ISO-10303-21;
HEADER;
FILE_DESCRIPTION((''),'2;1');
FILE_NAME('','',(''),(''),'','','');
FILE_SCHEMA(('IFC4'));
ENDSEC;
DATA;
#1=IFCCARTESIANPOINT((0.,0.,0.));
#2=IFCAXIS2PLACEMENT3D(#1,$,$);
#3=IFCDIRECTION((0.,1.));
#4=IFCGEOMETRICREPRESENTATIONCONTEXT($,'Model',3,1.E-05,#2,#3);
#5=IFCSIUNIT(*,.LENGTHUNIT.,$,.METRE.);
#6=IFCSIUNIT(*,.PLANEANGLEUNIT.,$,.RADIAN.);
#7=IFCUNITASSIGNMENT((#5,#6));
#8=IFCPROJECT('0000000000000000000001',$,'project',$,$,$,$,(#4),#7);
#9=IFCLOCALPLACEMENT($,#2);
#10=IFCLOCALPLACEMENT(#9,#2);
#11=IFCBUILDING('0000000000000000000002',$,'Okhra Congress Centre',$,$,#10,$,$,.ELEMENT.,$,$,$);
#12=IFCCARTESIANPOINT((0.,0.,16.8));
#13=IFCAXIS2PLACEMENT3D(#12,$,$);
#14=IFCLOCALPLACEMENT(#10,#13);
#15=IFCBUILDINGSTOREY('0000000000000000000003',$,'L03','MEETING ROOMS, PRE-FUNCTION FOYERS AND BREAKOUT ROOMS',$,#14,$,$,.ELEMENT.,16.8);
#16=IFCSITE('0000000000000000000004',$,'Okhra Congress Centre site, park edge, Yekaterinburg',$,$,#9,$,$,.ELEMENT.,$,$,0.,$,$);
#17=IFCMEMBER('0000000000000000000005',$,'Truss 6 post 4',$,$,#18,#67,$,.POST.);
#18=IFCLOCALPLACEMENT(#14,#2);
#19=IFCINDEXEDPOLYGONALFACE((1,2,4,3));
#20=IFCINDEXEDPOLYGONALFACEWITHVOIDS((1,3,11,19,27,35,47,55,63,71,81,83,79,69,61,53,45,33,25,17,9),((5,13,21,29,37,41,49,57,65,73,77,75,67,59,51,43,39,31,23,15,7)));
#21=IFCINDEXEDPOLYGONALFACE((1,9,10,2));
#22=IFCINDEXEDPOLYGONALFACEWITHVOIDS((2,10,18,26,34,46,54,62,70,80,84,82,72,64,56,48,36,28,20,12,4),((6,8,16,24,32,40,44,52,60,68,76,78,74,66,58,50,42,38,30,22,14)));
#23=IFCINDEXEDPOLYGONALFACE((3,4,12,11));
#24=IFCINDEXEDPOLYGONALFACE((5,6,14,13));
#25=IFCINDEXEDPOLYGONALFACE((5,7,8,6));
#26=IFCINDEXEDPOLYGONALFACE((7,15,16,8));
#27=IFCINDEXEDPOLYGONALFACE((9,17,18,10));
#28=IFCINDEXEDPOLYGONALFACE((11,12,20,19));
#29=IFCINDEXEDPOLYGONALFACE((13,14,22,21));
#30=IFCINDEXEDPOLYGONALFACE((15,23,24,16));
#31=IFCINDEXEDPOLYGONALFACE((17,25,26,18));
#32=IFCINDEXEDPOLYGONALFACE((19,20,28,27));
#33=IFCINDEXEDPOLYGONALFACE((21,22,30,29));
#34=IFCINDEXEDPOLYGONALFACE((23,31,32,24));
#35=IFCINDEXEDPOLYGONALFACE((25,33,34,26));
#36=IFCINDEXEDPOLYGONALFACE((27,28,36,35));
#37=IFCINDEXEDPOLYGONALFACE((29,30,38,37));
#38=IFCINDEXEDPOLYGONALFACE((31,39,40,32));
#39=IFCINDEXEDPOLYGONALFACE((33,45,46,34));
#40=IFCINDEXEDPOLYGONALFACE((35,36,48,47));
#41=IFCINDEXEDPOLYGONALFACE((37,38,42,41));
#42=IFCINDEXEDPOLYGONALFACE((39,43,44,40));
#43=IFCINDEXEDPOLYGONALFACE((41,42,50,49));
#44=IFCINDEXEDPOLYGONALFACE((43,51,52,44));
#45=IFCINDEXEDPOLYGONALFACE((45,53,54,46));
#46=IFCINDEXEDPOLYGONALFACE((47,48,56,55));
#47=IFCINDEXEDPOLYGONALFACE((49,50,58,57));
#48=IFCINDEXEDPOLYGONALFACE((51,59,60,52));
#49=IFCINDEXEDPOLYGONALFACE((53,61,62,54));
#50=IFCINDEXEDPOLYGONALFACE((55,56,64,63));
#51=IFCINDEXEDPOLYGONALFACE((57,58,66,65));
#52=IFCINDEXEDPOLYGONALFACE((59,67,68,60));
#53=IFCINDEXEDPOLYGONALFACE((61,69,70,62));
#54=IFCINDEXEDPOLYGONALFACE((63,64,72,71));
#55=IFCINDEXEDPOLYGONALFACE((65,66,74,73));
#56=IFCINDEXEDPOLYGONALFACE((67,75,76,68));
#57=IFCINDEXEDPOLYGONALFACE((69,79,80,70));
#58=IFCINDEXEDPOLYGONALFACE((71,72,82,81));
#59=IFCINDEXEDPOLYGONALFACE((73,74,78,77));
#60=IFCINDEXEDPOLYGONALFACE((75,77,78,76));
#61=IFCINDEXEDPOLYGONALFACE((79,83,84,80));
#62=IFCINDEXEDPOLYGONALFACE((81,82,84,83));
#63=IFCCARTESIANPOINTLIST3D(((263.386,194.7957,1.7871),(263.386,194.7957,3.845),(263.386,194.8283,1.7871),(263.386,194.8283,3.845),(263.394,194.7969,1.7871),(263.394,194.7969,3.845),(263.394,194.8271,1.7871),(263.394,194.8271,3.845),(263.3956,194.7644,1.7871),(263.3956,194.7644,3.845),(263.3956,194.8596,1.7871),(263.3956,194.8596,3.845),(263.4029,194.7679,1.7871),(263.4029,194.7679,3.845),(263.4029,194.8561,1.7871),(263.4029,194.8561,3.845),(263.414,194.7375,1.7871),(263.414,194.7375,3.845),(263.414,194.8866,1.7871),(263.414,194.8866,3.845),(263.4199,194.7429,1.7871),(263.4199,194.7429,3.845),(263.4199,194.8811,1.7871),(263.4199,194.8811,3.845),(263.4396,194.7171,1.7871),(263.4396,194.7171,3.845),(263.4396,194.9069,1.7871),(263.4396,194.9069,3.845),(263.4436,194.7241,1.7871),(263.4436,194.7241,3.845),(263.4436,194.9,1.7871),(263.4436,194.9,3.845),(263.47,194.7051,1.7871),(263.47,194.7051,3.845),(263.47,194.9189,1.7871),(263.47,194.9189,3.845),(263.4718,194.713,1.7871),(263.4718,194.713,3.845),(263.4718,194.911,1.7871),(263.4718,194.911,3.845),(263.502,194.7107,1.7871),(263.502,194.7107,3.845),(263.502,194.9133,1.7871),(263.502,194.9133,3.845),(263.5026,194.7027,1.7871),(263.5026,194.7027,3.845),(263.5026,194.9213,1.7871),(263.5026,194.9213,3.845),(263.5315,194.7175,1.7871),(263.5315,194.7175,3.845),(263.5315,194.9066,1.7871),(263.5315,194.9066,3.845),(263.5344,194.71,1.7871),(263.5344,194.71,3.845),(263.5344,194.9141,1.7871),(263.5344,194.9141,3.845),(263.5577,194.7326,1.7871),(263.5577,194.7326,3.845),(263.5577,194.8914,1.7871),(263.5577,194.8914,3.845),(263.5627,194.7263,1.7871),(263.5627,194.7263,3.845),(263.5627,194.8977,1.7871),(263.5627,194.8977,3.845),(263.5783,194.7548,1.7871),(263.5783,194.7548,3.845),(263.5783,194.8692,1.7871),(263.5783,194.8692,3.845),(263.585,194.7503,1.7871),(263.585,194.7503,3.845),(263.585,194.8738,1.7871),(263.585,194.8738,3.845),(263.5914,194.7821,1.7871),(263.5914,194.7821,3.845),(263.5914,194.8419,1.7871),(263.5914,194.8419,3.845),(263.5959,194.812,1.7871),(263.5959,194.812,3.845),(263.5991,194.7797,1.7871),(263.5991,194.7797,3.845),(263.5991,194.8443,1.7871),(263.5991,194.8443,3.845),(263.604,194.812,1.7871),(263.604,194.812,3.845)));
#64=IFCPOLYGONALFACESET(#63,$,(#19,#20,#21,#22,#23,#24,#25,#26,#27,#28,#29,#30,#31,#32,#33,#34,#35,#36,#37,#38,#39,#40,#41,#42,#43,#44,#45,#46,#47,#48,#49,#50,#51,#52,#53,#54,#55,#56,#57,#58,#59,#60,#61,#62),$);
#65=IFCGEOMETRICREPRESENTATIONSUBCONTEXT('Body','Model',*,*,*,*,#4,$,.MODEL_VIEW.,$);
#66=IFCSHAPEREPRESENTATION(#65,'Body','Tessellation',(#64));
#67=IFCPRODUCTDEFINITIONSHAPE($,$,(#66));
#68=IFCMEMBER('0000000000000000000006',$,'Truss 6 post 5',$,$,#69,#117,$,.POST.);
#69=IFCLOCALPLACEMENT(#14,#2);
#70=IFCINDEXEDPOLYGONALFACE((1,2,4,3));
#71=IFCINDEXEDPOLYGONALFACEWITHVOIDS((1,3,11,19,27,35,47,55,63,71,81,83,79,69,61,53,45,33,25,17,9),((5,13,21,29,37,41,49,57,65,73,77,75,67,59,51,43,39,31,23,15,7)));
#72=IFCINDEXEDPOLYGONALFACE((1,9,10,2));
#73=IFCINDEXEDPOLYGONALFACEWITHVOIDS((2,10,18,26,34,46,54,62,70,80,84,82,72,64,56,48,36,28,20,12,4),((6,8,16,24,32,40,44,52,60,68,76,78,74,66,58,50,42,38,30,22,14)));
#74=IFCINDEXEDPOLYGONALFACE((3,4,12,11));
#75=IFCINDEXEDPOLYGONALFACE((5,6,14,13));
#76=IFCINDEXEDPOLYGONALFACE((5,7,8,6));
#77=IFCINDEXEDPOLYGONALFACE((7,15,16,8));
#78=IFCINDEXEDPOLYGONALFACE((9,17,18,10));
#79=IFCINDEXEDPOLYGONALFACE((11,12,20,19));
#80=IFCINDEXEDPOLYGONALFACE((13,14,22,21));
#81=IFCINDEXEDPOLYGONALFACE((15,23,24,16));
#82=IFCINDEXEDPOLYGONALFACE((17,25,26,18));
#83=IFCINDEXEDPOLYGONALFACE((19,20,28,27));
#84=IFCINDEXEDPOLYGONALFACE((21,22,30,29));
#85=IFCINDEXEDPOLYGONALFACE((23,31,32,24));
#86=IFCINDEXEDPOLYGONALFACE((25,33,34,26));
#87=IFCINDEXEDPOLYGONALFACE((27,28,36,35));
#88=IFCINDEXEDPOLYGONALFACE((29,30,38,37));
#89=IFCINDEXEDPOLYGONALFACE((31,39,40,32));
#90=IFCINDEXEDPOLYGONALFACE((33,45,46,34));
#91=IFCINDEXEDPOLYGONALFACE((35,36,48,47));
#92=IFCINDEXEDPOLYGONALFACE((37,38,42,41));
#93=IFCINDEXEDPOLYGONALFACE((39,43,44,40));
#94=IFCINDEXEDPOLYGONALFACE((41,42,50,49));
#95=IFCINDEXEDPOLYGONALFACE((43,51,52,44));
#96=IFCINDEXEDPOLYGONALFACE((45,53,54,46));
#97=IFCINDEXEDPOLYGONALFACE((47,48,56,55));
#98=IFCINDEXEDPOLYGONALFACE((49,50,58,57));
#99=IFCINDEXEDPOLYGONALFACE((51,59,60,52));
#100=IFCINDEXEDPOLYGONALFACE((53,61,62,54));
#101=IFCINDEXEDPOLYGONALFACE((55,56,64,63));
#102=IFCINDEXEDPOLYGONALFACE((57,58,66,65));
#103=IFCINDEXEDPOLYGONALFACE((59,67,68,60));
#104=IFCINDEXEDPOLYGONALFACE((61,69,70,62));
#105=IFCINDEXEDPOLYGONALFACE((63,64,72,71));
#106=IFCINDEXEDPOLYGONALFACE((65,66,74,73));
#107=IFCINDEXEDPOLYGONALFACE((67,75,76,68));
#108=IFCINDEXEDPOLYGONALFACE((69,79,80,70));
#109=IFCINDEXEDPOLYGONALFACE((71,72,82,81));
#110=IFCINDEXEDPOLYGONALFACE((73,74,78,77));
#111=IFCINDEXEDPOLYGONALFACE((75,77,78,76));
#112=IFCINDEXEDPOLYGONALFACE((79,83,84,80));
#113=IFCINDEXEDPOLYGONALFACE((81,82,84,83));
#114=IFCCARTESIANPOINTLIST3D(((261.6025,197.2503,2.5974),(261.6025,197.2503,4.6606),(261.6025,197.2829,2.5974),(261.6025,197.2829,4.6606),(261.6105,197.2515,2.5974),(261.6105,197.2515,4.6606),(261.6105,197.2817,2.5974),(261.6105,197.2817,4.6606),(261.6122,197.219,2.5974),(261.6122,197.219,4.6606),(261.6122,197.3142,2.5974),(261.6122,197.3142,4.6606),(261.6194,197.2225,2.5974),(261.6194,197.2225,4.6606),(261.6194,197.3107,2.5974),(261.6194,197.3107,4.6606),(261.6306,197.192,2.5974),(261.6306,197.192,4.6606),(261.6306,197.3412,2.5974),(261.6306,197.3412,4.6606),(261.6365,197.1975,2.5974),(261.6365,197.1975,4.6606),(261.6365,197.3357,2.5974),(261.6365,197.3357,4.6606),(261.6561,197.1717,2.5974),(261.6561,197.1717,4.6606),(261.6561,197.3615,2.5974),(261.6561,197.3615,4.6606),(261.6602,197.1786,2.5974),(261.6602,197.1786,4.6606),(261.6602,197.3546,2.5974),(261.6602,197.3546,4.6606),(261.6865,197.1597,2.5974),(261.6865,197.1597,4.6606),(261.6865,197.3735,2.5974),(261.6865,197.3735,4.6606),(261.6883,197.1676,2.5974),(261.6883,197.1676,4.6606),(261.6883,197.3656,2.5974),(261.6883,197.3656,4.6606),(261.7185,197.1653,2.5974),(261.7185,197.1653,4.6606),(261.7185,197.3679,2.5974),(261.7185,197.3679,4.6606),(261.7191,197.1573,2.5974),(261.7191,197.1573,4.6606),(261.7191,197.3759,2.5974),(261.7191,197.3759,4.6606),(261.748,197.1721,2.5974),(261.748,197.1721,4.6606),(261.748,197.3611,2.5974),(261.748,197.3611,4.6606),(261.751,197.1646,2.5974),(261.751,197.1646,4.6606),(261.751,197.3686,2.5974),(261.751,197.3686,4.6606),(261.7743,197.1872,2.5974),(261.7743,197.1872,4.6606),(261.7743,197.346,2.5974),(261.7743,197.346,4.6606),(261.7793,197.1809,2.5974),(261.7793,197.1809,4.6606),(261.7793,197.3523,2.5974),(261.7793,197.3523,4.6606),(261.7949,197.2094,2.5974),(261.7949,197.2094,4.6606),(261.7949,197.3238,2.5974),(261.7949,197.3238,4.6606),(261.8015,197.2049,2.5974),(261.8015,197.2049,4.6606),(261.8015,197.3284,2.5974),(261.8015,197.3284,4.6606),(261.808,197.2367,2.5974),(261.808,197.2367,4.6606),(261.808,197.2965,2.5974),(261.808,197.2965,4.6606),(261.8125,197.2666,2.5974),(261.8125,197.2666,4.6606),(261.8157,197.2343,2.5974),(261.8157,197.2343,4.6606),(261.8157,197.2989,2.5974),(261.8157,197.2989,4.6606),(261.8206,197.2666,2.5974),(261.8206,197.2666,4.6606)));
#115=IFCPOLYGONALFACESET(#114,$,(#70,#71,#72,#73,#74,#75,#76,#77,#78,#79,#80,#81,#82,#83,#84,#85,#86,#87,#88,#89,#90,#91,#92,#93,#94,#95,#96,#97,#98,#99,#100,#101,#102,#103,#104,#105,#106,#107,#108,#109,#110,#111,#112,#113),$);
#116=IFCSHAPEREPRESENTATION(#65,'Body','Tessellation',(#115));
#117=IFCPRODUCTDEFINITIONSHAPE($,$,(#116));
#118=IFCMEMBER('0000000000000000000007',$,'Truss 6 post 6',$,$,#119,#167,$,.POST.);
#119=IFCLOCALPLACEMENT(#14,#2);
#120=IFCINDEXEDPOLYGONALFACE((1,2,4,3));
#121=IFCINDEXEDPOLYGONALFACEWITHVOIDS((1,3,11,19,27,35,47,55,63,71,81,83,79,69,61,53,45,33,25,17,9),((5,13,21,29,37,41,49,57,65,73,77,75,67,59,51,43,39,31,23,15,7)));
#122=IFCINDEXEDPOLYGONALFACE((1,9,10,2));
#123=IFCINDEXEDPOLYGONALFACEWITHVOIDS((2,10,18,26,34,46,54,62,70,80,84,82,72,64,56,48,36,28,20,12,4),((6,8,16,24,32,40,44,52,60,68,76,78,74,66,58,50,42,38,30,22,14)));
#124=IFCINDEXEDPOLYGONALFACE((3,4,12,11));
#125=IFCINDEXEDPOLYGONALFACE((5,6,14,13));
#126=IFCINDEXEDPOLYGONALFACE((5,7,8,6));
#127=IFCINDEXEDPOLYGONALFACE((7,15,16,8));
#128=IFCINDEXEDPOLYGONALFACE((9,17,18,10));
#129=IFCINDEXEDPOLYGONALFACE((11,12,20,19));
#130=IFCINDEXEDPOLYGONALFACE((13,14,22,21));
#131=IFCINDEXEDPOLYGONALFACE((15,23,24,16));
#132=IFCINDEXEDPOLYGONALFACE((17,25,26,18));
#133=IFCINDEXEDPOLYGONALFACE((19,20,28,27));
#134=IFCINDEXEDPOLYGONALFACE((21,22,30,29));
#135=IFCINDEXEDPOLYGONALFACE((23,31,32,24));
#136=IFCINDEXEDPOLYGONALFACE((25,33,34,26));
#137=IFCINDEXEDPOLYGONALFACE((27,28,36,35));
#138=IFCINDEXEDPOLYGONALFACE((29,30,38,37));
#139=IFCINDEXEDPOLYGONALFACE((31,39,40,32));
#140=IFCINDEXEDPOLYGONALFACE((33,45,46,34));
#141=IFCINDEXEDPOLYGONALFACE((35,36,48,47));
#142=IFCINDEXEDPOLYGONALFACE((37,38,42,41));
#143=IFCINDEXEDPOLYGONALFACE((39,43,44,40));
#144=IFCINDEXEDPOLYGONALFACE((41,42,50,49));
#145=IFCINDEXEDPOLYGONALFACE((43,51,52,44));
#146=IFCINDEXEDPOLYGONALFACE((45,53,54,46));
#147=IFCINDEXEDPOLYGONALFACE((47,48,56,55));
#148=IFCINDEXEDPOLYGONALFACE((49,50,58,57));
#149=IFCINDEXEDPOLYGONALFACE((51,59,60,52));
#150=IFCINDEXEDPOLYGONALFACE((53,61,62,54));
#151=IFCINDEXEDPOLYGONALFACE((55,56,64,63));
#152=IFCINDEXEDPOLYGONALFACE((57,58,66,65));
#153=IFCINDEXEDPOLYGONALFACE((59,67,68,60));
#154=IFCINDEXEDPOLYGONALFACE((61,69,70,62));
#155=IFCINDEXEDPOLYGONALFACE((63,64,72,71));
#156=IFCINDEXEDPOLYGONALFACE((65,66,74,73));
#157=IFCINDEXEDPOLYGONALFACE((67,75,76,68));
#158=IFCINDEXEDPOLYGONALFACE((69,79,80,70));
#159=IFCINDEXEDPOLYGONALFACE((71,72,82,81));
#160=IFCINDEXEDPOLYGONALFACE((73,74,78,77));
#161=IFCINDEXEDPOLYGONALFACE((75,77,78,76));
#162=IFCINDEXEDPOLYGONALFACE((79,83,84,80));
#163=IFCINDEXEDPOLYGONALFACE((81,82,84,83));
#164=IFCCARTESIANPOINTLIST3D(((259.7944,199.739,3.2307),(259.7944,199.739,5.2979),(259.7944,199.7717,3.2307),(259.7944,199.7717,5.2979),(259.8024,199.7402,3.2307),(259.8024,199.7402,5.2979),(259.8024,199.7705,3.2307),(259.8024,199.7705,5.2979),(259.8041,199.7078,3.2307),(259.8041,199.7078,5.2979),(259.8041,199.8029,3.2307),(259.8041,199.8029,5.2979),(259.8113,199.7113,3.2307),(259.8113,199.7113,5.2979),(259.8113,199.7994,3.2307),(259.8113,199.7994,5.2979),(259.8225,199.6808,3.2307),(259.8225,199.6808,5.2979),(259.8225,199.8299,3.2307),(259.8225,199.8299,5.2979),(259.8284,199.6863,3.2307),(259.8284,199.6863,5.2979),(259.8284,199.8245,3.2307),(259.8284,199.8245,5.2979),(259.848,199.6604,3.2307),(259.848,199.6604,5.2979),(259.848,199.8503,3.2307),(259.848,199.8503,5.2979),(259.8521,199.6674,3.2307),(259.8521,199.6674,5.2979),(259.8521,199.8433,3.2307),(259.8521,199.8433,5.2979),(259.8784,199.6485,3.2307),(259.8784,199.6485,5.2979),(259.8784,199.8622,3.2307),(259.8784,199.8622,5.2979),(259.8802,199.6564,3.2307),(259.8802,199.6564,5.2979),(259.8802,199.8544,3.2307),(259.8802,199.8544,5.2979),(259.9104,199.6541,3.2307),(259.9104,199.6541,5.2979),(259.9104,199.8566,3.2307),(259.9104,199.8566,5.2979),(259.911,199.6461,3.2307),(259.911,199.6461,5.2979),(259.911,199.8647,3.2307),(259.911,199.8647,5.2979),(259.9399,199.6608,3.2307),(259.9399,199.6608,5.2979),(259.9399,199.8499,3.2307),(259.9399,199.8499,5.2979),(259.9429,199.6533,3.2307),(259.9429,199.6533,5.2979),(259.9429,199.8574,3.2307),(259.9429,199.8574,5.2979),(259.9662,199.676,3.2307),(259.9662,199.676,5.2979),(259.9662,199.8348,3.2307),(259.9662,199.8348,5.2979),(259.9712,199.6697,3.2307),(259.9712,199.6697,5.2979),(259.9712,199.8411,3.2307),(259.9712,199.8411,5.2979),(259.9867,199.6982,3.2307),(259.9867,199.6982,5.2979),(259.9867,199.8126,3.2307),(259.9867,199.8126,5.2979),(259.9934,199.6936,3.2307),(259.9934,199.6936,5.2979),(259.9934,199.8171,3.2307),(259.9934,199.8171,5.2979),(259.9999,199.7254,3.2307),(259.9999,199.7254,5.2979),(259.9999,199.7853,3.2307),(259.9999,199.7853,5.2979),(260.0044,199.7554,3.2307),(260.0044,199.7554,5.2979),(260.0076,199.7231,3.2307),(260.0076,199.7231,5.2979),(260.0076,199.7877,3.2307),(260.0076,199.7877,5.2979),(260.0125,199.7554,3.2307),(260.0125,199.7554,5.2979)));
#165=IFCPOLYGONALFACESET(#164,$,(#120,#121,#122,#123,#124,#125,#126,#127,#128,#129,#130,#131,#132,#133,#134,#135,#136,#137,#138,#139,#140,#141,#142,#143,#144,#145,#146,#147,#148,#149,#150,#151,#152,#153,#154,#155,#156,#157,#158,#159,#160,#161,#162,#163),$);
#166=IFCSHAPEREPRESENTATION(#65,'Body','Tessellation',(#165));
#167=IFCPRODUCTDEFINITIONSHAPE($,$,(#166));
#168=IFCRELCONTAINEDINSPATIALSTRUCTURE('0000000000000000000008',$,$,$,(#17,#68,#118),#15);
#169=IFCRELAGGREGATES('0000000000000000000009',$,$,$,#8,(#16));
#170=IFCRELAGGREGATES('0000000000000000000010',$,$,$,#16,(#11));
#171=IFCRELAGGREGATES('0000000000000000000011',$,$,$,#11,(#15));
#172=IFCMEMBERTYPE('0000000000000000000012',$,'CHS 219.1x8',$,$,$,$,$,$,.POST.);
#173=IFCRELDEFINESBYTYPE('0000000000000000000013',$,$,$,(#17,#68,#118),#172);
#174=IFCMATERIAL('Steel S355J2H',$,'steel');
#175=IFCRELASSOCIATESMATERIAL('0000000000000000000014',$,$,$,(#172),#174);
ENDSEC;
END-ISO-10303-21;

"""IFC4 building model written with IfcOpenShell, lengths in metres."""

from ifc_helpers import new_model, si_unit, direction, frame, origin, origin_2d, place, context, subcontext, project, spatial, hollow_circle, extrude, material, material_profile, profile_set, type_object, element, save


model = new_model("IFC4")

# Units and contexts
model_context = context("Model", 3, precision=1e-05, world=origin(), true_north=direction((0.0, 1.0)))
body_context = subcontext(model_context, "Body", "Model", "MODEL_VIEW")
ifc_project = project(units=[si_unit("LENGTHUNIT", "METRE"), si_unit("PLANEANGLEUNIT", "RADIAN")], contexts=[model_context])

# Site, building, storey
site_placement = place(None, origin())
site = spatial("IfcSite", under=ifc_project, at=site_placement, Name="Okhra Congress Centre site, park edge, Yekaterinburg", CompositionType="ELEMENT", RefElevation=0.0)
building_placement = place(site_placement, origin())
building = spatial("IfcBuilding", under=site, at=building_placement, Name="Okhra Congress Centre", CompositionType="ELEMENT")
storey_placement = place(building_placement, frame((0.0, 0.0, 16.8)))
storey = spatial("IfcBuildingStorey", under=building, at=storey_placement, Name="L03", Description="MEETING ROOMS, PRE-FUNCTION FOYERS AND BREAKOUT ROOMS", CompositionType="ELEMENT", Elevation=16.8)

# Members
ifc_material_1 = material(Name="Steel S355J2H", Category="steel")
ifc_material_profile_1 = material_profile(ifc_material_1, hollow_circle(Radius=0.1096, WallThickness=0.0081, at=origin_2d()), Name="CHS 219.1x8")
ifc_profile_set_1 = profile_set([ifc_material_profile_1], Name="Steel S355J2H")
member_type_1 = type_object("IfcMemberType", Name="CHS 219.1x8", PredefinedType="POST", material=ifc_profile_set_1)
member_1_placement = place(storey_placement, frame((263.4944, 194.812, 1.7871), z_axis=(0.0, 0.0, 1.0), x_axis=(1.0, 0.0, 0.0)))
element("IfcMember", 1, at=member_1_placement, inside=storey, type_object=member_type_1, Name="Truss 6 post 4", PredefinedType="POST", context=body_context, shape_type="SweptSolid", body=[
    extrude(hollow_circle(Radius=0.1096, WallThickness=0.0081, at=origin_2d()), origin(), (0.0, 0.0, 1.0), 2.0579),
])
member_2_placement = place(storey_placement, frame((261.7109, 197.2666, 2.5974), z_axis=(0.0, 0.0, 1.0), x_axis=(1.0, 0.0, 0.0)))
element("IfcMember", 2, at=member_2_placement, inside=storey, type_object=member_type_1, Name="Truss 6 post 5", PredefinedType="POST", context=body_context, shape_type="SweptSolid", body=[
    extrude(hollow_circle(Radius=0.1096, WallThickness=0.0081, at=origin_2d()), origin(), (0.0, 0.0, 1.0), 2.0632),
])
member_3_placement = place(storey_placement, frame((259.9028, 199.7554, 3.2307), z_axis=(0.0, 0.0, 1.0), x_axis=(1.0, 0.0, 0.0)))
element("IfcMember", 3, at=member_3_placement, inside=storey, type_object=member_type_1, Name="Truss 6 post 6", PredefinedType="POST", context=body_context, shape_type="SweptSolid", body=[
    extrude(hollow_circle(Radius=0.1096, WallThickness=0.0081, at=origin_2d()), origin(), (0.0, 0.0, 1.0), 2.0671),
])

save(model, "model.ifc")
